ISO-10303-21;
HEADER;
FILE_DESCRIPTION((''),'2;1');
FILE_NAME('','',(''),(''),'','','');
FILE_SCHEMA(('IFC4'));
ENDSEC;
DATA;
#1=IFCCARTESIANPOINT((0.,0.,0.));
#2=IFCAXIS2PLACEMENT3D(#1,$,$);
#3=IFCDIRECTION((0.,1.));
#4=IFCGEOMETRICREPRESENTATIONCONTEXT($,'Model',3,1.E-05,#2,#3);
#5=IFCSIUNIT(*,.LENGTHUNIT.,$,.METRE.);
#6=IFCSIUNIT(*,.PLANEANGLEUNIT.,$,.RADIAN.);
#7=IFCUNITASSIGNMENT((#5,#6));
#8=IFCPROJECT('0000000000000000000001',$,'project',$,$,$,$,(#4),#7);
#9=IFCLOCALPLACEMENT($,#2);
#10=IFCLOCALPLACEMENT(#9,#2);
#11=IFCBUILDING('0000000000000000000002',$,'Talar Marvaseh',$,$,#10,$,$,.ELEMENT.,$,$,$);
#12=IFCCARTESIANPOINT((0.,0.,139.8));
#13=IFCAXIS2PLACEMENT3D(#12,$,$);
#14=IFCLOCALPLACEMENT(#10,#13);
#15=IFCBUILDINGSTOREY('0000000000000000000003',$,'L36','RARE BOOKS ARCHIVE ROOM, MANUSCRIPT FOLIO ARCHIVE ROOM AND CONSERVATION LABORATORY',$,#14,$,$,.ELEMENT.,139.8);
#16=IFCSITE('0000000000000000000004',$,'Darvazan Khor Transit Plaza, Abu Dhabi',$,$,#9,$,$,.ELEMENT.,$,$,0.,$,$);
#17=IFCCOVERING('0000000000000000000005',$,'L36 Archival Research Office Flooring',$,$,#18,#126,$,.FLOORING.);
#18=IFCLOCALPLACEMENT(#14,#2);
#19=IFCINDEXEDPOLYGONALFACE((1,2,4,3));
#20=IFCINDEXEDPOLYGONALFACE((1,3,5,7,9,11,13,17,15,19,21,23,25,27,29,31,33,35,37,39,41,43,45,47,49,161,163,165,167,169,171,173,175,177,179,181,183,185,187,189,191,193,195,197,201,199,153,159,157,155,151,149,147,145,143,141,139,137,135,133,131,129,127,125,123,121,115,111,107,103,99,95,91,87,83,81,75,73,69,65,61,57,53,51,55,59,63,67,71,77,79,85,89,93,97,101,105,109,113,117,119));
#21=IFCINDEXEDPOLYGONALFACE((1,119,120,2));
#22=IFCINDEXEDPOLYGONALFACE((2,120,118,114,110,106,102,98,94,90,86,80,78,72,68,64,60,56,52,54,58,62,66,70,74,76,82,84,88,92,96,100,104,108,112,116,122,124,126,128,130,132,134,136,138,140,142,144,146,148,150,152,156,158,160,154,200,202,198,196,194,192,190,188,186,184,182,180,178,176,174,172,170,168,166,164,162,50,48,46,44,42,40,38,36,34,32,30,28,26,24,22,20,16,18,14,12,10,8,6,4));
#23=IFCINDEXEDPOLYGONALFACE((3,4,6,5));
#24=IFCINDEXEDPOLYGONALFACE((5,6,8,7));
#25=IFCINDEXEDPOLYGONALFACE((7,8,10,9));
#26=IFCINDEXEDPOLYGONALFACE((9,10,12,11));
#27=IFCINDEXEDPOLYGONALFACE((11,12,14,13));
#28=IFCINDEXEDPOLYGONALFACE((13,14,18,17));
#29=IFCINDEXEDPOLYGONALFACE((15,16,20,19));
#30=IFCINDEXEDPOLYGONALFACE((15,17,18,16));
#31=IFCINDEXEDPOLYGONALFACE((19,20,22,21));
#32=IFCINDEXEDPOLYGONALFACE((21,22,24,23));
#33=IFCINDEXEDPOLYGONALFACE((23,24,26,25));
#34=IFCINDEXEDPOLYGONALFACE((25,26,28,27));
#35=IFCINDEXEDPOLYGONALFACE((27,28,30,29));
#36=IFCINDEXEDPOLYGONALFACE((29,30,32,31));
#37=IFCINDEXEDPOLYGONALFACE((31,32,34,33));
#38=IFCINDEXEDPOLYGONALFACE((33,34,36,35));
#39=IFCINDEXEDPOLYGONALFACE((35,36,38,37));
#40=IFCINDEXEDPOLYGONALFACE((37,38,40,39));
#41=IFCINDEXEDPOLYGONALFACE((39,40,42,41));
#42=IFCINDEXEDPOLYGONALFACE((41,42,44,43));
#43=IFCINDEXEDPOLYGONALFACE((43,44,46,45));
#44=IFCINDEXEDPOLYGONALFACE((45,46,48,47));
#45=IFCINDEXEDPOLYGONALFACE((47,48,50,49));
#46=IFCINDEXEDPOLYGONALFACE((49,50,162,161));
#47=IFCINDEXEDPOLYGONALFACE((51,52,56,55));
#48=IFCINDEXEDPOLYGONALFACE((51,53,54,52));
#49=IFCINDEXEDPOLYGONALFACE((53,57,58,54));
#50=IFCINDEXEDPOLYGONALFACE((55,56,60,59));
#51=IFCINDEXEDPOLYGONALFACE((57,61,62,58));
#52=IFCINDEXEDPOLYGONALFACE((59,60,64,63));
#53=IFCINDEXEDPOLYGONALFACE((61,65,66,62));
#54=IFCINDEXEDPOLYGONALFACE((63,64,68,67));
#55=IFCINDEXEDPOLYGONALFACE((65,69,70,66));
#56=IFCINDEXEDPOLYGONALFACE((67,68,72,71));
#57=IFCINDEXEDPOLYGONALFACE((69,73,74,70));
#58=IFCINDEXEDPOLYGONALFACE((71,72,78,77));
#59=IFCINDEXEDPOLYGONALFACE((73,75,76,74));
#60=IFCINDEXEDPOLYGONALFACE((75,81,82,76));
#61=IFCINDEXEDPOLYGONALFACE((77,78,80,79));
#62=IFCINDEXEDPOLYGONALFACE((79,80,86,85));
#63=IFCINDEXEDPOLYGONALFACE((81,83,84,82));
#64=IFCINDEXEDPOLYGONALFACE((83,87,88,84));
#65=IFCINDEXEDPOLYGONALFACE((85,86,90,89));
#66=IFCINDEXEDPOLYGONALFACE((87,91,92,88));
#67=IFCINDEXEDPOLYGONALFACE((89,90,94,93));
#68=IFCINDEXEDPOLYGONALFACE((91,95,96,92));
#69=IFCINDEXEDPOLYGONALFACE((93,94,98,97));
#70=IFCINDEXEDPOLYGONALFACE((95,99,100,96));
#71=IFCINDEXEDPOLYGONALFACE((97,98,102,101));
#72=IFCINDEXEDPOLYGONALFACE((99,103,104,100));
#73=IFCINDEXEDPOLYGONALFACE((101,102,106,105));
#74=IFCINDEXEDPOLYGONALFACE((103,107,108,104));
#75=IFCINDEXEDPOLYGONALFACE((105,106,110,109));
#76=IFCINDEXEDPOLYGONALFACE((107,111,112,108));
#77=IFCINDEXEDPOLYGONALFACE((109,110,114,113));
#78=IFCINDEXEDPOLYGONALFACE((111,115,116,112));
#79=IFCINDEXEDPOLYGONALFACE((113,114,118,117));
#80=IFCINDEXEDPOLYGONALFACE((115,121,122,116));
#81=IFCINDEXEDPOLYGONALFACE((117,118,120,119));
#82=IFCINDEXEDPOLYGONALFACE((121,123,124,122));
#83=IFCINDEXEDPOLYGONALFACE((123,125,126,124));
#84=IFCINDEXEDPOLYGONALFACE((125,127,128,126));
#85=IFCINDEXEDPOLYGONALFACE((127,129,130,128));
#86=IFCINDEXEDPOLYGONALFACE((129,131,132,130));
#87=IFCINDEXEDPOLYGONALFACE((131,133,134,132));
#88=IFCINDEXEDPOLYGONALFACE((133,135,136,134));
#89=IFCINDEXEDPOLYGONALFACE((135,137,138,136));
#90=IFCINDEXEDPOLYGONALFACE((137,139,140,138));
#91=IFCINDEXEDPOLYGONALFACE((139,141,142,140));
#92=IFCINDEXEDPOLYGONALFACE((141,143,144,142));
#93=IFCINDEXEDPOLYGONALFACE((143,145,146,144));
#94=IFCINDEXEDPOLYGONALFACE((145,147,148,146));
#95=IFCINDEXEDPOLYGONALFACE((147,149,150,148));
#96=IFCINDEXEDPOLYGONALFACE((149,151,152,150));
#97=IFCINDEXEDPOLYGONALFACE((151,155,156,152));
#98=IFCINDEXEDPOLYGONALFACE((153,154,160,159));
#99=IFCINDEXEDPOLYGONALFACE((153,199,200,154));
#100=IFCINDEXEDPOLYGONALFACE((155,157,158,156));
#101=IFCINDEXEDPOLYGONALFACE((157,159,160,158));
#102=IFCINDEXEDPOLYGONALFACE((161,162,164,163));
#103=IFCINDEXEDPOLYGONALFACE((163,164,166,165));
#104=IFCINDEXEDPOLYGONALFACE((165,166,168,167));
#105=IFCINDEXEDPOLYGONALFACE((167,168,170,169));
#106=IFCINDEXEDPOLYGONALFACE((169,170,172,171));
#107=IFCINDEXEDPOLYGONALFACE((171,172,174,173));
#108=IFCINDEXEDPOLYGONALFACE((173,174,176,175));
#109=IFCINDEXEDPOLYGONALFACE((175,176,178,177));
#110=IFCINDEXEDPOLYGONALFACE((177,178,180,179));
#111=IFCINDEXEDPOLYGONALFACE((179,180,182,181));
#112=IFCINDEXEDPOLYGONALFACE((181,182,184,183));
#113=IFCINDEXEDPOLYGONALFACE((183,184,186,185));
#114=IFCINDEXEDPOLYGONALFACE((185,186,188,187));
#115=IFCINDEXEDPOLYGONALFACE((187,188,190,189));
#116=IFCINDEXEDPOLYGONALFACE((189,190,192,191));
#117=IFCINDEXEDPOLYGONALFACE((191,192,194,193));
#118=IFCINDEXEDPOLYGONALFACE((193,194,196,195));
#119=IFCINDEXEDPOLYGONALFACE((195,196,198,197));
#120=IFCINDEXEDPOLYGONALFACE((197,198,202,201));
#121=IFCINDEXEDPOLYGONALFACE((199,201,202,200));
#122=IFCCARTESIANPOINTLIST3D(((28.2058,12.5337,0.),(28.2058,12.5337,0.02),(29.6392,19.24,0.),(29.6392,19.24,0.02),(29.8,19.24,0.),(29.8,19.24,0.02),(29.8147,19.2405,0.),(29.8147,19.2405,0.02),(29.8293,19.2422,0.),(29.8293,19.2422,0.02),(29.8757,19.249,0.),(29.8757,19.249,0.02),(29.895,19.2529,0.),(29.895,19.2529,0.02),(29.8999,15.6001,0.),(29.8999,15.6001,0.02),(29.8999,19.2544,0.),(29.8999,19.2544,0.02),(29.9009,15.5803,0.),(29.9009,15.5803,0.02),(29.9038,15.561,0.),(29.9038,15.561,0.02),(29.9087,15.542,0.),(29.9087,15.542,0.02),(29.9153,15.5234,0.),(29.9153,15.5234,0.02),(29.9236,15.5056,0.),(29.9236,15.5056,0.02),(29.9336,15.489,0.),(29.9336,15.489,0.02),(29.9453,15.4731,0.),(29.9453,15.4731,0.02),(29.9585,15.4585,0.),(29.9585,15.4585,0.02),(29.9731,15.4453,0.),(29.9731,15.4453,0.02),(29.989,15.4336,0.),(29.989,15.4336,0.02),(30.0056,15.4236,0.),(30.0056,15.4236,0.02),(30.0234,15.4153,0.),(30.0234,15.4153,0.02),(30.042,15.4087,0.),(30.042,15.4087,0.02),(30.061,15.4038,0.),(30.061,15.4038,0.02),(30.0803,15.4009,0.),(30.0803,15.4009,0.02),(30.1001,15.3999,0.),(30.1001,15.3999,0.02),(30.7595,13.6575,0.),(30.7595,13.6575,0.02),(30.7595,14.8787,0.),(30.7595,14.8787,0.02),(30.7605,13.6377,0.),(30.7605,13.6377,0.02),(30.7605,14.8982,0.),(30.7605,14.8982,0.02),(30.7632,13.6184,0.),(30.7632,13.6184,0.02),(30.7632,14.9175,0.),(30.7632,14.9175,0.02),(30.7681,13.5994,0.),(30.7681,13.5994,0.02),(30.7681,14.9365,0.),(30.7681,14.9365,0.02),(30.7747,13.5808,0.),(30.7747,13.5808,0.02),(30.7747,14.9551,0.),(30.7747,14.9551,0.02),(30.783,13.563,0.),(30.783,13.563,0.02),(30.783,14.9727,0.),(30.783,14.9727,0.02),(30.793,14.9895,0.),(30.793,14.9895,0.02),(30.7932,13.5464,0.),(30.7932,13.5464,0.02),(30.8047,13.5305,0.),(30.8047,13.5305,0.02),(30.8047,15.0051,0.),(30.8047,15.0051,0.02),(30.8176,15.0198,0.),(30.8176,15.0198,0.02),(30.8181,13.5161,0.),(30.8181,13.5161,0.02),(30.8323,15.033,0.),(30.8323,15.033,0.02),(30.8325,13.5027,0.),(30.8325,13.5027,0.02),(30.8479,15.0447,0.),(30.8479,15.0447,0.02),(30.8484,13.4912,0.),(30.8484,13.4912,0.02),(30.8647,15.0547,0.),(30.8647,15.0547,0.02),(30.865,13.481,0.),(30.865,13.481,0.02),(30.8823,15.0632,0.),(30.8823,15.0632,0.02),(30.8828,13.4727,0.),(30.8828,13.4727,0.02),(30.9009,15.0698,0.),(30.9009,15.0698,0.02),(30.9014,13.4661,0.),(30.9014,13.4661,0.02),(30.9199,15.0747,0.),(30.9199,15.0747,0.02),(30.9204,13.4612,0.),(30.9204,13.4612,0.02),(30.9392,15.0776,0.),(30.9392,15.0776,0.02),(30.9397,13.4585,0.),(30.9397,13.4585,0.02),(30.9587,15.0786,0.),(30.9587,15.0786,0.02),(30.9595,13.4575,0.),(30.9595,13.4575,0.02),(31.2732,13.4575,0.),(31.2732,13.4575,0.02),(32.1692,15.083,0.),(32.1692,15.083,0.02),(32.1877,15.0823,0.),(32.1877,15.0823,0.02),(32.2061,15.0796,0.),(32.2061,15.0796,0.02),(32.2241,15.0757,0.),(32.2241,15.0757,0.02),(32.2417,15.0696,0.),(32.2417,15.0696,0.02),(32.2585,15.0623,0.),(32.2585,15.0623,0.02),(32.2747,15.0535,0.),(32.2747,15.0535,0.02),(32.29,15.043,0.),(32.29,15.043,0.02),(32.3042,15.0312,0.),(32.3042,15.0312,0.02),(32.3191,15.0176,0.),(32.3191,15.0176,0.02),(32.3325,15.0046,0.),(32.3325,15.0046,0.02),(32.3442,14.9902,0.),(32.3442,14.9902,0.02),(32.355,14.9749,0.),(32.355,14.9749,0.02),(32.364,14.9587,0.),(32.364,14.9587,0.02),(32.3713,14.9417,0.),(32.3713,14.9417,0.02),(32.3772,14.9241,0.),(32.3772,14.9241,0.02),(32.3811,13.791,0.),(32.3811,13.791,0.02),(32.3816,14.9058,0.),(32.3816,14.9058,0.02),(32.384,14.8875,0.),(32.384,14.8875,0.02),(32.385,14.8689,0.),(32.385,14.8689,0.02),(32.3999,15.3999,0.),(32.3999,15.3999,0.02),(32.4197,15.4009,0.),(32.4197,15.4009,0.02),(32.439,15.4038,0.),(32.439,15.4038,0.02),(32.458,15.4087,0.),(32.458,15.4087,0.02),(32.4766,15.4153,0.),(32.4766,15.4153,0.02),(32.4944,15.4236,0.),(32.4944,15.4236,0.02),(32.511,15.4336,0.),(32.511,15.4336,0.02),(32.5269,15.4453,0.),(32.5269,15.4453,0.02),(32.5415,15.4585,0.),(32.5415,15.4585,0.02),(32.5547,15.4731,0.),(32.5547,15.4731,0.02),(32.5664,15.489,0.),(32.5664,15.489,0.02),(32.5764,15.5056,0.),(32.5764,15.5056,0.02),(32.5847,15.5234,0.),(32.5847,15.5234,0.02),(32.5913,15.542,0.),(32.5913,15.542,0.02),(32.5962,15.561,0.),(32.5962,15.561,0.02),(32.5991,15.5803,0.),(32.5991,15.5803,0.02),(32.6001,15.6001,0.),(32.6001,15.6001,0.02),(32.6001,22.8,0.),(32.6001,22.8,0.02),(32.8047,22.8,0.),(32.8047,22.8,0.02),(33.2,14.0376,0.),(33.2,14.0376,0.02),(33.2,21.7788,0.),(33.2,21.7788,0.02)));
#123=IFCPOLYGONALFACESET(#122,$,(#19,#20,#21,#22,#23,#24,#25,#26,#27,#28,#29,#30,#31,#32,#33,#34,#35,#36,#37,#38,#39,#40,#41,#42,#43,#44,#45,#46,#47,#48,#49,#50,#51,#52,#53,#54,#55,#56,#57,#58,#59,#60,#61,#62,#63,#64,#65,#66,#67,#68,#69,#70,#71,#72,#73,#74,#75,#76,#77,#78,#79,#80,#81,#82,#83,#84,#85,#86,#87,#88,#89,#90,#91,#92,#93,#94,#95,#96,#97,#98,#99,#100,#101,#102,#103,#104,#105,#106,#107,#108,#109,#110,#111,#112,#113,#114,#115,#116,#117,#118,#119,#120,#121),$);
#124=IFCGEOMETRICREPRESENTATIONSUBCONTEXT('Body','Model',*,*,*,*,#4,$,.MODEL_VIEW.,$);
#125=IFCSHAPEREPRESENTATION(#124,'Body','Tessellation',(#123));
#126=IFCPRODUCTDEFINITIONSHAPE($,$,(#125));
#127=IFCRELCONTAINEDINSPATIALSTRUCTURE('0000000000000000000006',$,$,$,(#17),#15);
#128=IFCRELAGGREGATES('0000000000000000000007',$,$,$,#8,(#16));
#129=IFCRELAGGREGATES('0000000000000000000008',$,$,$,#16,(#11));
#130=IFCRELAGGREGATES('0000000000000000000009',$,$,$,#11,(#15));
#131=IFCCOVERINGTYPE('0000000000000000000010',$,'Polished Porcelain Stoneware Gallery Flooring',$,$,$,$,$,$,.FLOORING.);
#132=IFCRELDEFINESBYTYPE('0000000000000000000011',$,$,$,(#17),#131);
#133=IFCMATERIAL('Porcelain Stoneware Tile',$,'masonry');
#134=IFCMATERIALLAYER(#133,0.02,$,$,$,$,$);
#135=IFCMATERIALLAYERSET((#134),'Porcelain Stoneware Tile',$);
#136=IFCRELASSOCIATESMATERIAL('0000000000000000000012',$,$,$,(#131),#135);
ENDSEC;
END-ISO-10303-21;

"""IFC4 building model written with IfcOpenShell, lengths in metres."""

from ifc_helpers import new_model, si_unit, direction, frame, origin, place, context, subcontext, project, spatial, polyline, outline, extrude, material, layer, layer_set, type_object, element, save


model = new_model("IFC4")

# Units and contexts
model_context = context("Model", 3, precision=1e-05, world=origin(), true_north=direction((0.0, 1.0)))
body_context = subcontext(model_context, "Body", "Model", "MODEL_VIEW")
ifc_project = project(units=[si_unit("LENGTHUNIT", "METRE"), si_unit("PLANEANGLEUNIT", "RADIAN")], contexts=[model_context])

# Site, building, storey
site_placement = place(None, origin())
site = spatial("IfcSite", under=ifc_project, at=site_placement, Name="Darvazan Khor Transit Plaza, Abu Dhabi", CompositionType="ELEMENT", RefElevation=0.0)
building_placement = place(site_placement, origin())
building = spatial("IfcBuilding", under=site, at=building_placement, Name="Talar Marvaseh", CompositionType="ELEMENT")
storey_placement = place(building_placement, frame((0.0, 0.0, 139.8)))
storey = spatial("IfcBuildingStorey", under=building, at=storey_placement, Name="L36", Description="RARE BOOKS ARCHIVE ROOM, MANUSCRIPT FOLIO ARCHIVE ROOM AND CONSERVATION LABORATORY", CompositionType="ELEMENT", Elevation=139.8)

# Covering
ifc_material_1 = material(Name="Porcelain Stoneware Tile", Category="masonry")
ifc_layer_1 = layer(ifc_material_1, 0.02)
ifc_layer_set_1 = layer_set([ifc_layer_1], Name="Porcelain Stoneware Tile")
covering_type_1 = type_object("IfcCoveringType", Name="Polished Porcelain Stoneware Gallery Flooring", PredefinedType="FLOORING", material=ifc_layer_set_1)
covering_1_placement = place(storey_placement, origin())
element("IfcCovering", 1, at=covering_1_placement, inside=storey, type_object=covering_type_1, Name="L36 Archival Research Office Flooring", PredefinedType="FLOORING", context=body_context, shape_type="SweptSolid", body=[
    extrude(outline(polyline([(29.8, 19.24), (29.8147, 19.2405), (29.8293, 19.2422), (29.8757, 19.249), (29.895, 19.2529), (29.8999, 19.2544), (29.8999, 15.6001), (29.9009, 15.5803), (29.9038, 15.561), (29.9087, 15.542), (29.9153, 15.5234), (29.9236, 15.5056), (29.9336, 15.489), (29.9453, 15.4731), (29.9585, 15.4585), (29.9731, 15.4453), (29.989, 15.4336), (30.0056, 15.4236), (30.0234, 15.4153), (30.042, 15.4087), (30.061, 15.4038), (30.0803, 15.4009), (30.1001, 15.3999), (32.3999, 15.3999), (32.4197, 15.4009), (32.439, 15.4038), (32.458, 15.4087), (32.4766, 15.4153), (32.4944, 15.4236), (32.511, 15.4336), (32.5269, 15.4453), (32.5415, 15.4585), (32.5547, 15.4731), (32.5664, 15.489), (32.5764, 15.5056), (32.5847, 15.5234), (32.5913, 15.542), (32.5962, 15.561), (32.5991, 15.5803), (32.6001, 15.6001), (32.6001, 22.8), (32.8047, 22.8), (33.2, 21.7788), (33.2, 14.0376), (32.3811, 13.791), (32.385, 14.8689), (32.384, 14.8875), (32.3816, 14.9058), (32.3772, 14.9241), (32.3713, 14.9417), (32.364, 14.9587), (32.355, 14.9749), (32.3442, 14.9902), (32.3325, 15.0046), (32.3191, 15.0176), (32.3042, 15.0312), (32.29, 15.043), (32.2747, 15.0535), (32.2585, 15.0623), (32.2417, 15.0696), (32.2241, 15.0757), (32.2061, 15.0796), (32.1877, 15.0823), (32.1692, 15.083), (30.9587, 15.0786), (30.9392, 15.0776), (30.9199, 15.0747), (30.9009, 15.0698), (30.8823, 15.0632), (30.8647, 15.0547), (30.8479, 15.0447), (30.8323, 15.033), (30.8176, 15.0198), (30.8047, 15.0051), (30.793, 14.9895), (30.783, 14.9727), (30.7747, 14.9551), (30.7681, 14.9365), (30.7632, 14.9175), (30.7605, 14.8982), (30.7595, 14.8787), (30.7595, 13.6575), (30.7605, 13.6377), (30.7632, 13.6184), (30.7681, 13.5994), (30.7747, 13.5808), (30.783, 13.563), (30.7932, 13.5464), (30.8047, 13.5305), (30.8181, 13.5161), (30.8325, 13.5027), (30.8484, 13.4912), (30.865, 13.481), (30.8828, 13.4727), (30.9014, 13.4661), (30.9204, 13.4612), (30.9397, 13.4585), (30.9595, 13.4575), (31.2732, 13.4575), (28.2058, 12.5337), (29.6392, 19.24), (29.8, 19.24)])), origin(), (0.0, 0.0, 1.0), 0.02),
])

save(model, "model.ifc")
